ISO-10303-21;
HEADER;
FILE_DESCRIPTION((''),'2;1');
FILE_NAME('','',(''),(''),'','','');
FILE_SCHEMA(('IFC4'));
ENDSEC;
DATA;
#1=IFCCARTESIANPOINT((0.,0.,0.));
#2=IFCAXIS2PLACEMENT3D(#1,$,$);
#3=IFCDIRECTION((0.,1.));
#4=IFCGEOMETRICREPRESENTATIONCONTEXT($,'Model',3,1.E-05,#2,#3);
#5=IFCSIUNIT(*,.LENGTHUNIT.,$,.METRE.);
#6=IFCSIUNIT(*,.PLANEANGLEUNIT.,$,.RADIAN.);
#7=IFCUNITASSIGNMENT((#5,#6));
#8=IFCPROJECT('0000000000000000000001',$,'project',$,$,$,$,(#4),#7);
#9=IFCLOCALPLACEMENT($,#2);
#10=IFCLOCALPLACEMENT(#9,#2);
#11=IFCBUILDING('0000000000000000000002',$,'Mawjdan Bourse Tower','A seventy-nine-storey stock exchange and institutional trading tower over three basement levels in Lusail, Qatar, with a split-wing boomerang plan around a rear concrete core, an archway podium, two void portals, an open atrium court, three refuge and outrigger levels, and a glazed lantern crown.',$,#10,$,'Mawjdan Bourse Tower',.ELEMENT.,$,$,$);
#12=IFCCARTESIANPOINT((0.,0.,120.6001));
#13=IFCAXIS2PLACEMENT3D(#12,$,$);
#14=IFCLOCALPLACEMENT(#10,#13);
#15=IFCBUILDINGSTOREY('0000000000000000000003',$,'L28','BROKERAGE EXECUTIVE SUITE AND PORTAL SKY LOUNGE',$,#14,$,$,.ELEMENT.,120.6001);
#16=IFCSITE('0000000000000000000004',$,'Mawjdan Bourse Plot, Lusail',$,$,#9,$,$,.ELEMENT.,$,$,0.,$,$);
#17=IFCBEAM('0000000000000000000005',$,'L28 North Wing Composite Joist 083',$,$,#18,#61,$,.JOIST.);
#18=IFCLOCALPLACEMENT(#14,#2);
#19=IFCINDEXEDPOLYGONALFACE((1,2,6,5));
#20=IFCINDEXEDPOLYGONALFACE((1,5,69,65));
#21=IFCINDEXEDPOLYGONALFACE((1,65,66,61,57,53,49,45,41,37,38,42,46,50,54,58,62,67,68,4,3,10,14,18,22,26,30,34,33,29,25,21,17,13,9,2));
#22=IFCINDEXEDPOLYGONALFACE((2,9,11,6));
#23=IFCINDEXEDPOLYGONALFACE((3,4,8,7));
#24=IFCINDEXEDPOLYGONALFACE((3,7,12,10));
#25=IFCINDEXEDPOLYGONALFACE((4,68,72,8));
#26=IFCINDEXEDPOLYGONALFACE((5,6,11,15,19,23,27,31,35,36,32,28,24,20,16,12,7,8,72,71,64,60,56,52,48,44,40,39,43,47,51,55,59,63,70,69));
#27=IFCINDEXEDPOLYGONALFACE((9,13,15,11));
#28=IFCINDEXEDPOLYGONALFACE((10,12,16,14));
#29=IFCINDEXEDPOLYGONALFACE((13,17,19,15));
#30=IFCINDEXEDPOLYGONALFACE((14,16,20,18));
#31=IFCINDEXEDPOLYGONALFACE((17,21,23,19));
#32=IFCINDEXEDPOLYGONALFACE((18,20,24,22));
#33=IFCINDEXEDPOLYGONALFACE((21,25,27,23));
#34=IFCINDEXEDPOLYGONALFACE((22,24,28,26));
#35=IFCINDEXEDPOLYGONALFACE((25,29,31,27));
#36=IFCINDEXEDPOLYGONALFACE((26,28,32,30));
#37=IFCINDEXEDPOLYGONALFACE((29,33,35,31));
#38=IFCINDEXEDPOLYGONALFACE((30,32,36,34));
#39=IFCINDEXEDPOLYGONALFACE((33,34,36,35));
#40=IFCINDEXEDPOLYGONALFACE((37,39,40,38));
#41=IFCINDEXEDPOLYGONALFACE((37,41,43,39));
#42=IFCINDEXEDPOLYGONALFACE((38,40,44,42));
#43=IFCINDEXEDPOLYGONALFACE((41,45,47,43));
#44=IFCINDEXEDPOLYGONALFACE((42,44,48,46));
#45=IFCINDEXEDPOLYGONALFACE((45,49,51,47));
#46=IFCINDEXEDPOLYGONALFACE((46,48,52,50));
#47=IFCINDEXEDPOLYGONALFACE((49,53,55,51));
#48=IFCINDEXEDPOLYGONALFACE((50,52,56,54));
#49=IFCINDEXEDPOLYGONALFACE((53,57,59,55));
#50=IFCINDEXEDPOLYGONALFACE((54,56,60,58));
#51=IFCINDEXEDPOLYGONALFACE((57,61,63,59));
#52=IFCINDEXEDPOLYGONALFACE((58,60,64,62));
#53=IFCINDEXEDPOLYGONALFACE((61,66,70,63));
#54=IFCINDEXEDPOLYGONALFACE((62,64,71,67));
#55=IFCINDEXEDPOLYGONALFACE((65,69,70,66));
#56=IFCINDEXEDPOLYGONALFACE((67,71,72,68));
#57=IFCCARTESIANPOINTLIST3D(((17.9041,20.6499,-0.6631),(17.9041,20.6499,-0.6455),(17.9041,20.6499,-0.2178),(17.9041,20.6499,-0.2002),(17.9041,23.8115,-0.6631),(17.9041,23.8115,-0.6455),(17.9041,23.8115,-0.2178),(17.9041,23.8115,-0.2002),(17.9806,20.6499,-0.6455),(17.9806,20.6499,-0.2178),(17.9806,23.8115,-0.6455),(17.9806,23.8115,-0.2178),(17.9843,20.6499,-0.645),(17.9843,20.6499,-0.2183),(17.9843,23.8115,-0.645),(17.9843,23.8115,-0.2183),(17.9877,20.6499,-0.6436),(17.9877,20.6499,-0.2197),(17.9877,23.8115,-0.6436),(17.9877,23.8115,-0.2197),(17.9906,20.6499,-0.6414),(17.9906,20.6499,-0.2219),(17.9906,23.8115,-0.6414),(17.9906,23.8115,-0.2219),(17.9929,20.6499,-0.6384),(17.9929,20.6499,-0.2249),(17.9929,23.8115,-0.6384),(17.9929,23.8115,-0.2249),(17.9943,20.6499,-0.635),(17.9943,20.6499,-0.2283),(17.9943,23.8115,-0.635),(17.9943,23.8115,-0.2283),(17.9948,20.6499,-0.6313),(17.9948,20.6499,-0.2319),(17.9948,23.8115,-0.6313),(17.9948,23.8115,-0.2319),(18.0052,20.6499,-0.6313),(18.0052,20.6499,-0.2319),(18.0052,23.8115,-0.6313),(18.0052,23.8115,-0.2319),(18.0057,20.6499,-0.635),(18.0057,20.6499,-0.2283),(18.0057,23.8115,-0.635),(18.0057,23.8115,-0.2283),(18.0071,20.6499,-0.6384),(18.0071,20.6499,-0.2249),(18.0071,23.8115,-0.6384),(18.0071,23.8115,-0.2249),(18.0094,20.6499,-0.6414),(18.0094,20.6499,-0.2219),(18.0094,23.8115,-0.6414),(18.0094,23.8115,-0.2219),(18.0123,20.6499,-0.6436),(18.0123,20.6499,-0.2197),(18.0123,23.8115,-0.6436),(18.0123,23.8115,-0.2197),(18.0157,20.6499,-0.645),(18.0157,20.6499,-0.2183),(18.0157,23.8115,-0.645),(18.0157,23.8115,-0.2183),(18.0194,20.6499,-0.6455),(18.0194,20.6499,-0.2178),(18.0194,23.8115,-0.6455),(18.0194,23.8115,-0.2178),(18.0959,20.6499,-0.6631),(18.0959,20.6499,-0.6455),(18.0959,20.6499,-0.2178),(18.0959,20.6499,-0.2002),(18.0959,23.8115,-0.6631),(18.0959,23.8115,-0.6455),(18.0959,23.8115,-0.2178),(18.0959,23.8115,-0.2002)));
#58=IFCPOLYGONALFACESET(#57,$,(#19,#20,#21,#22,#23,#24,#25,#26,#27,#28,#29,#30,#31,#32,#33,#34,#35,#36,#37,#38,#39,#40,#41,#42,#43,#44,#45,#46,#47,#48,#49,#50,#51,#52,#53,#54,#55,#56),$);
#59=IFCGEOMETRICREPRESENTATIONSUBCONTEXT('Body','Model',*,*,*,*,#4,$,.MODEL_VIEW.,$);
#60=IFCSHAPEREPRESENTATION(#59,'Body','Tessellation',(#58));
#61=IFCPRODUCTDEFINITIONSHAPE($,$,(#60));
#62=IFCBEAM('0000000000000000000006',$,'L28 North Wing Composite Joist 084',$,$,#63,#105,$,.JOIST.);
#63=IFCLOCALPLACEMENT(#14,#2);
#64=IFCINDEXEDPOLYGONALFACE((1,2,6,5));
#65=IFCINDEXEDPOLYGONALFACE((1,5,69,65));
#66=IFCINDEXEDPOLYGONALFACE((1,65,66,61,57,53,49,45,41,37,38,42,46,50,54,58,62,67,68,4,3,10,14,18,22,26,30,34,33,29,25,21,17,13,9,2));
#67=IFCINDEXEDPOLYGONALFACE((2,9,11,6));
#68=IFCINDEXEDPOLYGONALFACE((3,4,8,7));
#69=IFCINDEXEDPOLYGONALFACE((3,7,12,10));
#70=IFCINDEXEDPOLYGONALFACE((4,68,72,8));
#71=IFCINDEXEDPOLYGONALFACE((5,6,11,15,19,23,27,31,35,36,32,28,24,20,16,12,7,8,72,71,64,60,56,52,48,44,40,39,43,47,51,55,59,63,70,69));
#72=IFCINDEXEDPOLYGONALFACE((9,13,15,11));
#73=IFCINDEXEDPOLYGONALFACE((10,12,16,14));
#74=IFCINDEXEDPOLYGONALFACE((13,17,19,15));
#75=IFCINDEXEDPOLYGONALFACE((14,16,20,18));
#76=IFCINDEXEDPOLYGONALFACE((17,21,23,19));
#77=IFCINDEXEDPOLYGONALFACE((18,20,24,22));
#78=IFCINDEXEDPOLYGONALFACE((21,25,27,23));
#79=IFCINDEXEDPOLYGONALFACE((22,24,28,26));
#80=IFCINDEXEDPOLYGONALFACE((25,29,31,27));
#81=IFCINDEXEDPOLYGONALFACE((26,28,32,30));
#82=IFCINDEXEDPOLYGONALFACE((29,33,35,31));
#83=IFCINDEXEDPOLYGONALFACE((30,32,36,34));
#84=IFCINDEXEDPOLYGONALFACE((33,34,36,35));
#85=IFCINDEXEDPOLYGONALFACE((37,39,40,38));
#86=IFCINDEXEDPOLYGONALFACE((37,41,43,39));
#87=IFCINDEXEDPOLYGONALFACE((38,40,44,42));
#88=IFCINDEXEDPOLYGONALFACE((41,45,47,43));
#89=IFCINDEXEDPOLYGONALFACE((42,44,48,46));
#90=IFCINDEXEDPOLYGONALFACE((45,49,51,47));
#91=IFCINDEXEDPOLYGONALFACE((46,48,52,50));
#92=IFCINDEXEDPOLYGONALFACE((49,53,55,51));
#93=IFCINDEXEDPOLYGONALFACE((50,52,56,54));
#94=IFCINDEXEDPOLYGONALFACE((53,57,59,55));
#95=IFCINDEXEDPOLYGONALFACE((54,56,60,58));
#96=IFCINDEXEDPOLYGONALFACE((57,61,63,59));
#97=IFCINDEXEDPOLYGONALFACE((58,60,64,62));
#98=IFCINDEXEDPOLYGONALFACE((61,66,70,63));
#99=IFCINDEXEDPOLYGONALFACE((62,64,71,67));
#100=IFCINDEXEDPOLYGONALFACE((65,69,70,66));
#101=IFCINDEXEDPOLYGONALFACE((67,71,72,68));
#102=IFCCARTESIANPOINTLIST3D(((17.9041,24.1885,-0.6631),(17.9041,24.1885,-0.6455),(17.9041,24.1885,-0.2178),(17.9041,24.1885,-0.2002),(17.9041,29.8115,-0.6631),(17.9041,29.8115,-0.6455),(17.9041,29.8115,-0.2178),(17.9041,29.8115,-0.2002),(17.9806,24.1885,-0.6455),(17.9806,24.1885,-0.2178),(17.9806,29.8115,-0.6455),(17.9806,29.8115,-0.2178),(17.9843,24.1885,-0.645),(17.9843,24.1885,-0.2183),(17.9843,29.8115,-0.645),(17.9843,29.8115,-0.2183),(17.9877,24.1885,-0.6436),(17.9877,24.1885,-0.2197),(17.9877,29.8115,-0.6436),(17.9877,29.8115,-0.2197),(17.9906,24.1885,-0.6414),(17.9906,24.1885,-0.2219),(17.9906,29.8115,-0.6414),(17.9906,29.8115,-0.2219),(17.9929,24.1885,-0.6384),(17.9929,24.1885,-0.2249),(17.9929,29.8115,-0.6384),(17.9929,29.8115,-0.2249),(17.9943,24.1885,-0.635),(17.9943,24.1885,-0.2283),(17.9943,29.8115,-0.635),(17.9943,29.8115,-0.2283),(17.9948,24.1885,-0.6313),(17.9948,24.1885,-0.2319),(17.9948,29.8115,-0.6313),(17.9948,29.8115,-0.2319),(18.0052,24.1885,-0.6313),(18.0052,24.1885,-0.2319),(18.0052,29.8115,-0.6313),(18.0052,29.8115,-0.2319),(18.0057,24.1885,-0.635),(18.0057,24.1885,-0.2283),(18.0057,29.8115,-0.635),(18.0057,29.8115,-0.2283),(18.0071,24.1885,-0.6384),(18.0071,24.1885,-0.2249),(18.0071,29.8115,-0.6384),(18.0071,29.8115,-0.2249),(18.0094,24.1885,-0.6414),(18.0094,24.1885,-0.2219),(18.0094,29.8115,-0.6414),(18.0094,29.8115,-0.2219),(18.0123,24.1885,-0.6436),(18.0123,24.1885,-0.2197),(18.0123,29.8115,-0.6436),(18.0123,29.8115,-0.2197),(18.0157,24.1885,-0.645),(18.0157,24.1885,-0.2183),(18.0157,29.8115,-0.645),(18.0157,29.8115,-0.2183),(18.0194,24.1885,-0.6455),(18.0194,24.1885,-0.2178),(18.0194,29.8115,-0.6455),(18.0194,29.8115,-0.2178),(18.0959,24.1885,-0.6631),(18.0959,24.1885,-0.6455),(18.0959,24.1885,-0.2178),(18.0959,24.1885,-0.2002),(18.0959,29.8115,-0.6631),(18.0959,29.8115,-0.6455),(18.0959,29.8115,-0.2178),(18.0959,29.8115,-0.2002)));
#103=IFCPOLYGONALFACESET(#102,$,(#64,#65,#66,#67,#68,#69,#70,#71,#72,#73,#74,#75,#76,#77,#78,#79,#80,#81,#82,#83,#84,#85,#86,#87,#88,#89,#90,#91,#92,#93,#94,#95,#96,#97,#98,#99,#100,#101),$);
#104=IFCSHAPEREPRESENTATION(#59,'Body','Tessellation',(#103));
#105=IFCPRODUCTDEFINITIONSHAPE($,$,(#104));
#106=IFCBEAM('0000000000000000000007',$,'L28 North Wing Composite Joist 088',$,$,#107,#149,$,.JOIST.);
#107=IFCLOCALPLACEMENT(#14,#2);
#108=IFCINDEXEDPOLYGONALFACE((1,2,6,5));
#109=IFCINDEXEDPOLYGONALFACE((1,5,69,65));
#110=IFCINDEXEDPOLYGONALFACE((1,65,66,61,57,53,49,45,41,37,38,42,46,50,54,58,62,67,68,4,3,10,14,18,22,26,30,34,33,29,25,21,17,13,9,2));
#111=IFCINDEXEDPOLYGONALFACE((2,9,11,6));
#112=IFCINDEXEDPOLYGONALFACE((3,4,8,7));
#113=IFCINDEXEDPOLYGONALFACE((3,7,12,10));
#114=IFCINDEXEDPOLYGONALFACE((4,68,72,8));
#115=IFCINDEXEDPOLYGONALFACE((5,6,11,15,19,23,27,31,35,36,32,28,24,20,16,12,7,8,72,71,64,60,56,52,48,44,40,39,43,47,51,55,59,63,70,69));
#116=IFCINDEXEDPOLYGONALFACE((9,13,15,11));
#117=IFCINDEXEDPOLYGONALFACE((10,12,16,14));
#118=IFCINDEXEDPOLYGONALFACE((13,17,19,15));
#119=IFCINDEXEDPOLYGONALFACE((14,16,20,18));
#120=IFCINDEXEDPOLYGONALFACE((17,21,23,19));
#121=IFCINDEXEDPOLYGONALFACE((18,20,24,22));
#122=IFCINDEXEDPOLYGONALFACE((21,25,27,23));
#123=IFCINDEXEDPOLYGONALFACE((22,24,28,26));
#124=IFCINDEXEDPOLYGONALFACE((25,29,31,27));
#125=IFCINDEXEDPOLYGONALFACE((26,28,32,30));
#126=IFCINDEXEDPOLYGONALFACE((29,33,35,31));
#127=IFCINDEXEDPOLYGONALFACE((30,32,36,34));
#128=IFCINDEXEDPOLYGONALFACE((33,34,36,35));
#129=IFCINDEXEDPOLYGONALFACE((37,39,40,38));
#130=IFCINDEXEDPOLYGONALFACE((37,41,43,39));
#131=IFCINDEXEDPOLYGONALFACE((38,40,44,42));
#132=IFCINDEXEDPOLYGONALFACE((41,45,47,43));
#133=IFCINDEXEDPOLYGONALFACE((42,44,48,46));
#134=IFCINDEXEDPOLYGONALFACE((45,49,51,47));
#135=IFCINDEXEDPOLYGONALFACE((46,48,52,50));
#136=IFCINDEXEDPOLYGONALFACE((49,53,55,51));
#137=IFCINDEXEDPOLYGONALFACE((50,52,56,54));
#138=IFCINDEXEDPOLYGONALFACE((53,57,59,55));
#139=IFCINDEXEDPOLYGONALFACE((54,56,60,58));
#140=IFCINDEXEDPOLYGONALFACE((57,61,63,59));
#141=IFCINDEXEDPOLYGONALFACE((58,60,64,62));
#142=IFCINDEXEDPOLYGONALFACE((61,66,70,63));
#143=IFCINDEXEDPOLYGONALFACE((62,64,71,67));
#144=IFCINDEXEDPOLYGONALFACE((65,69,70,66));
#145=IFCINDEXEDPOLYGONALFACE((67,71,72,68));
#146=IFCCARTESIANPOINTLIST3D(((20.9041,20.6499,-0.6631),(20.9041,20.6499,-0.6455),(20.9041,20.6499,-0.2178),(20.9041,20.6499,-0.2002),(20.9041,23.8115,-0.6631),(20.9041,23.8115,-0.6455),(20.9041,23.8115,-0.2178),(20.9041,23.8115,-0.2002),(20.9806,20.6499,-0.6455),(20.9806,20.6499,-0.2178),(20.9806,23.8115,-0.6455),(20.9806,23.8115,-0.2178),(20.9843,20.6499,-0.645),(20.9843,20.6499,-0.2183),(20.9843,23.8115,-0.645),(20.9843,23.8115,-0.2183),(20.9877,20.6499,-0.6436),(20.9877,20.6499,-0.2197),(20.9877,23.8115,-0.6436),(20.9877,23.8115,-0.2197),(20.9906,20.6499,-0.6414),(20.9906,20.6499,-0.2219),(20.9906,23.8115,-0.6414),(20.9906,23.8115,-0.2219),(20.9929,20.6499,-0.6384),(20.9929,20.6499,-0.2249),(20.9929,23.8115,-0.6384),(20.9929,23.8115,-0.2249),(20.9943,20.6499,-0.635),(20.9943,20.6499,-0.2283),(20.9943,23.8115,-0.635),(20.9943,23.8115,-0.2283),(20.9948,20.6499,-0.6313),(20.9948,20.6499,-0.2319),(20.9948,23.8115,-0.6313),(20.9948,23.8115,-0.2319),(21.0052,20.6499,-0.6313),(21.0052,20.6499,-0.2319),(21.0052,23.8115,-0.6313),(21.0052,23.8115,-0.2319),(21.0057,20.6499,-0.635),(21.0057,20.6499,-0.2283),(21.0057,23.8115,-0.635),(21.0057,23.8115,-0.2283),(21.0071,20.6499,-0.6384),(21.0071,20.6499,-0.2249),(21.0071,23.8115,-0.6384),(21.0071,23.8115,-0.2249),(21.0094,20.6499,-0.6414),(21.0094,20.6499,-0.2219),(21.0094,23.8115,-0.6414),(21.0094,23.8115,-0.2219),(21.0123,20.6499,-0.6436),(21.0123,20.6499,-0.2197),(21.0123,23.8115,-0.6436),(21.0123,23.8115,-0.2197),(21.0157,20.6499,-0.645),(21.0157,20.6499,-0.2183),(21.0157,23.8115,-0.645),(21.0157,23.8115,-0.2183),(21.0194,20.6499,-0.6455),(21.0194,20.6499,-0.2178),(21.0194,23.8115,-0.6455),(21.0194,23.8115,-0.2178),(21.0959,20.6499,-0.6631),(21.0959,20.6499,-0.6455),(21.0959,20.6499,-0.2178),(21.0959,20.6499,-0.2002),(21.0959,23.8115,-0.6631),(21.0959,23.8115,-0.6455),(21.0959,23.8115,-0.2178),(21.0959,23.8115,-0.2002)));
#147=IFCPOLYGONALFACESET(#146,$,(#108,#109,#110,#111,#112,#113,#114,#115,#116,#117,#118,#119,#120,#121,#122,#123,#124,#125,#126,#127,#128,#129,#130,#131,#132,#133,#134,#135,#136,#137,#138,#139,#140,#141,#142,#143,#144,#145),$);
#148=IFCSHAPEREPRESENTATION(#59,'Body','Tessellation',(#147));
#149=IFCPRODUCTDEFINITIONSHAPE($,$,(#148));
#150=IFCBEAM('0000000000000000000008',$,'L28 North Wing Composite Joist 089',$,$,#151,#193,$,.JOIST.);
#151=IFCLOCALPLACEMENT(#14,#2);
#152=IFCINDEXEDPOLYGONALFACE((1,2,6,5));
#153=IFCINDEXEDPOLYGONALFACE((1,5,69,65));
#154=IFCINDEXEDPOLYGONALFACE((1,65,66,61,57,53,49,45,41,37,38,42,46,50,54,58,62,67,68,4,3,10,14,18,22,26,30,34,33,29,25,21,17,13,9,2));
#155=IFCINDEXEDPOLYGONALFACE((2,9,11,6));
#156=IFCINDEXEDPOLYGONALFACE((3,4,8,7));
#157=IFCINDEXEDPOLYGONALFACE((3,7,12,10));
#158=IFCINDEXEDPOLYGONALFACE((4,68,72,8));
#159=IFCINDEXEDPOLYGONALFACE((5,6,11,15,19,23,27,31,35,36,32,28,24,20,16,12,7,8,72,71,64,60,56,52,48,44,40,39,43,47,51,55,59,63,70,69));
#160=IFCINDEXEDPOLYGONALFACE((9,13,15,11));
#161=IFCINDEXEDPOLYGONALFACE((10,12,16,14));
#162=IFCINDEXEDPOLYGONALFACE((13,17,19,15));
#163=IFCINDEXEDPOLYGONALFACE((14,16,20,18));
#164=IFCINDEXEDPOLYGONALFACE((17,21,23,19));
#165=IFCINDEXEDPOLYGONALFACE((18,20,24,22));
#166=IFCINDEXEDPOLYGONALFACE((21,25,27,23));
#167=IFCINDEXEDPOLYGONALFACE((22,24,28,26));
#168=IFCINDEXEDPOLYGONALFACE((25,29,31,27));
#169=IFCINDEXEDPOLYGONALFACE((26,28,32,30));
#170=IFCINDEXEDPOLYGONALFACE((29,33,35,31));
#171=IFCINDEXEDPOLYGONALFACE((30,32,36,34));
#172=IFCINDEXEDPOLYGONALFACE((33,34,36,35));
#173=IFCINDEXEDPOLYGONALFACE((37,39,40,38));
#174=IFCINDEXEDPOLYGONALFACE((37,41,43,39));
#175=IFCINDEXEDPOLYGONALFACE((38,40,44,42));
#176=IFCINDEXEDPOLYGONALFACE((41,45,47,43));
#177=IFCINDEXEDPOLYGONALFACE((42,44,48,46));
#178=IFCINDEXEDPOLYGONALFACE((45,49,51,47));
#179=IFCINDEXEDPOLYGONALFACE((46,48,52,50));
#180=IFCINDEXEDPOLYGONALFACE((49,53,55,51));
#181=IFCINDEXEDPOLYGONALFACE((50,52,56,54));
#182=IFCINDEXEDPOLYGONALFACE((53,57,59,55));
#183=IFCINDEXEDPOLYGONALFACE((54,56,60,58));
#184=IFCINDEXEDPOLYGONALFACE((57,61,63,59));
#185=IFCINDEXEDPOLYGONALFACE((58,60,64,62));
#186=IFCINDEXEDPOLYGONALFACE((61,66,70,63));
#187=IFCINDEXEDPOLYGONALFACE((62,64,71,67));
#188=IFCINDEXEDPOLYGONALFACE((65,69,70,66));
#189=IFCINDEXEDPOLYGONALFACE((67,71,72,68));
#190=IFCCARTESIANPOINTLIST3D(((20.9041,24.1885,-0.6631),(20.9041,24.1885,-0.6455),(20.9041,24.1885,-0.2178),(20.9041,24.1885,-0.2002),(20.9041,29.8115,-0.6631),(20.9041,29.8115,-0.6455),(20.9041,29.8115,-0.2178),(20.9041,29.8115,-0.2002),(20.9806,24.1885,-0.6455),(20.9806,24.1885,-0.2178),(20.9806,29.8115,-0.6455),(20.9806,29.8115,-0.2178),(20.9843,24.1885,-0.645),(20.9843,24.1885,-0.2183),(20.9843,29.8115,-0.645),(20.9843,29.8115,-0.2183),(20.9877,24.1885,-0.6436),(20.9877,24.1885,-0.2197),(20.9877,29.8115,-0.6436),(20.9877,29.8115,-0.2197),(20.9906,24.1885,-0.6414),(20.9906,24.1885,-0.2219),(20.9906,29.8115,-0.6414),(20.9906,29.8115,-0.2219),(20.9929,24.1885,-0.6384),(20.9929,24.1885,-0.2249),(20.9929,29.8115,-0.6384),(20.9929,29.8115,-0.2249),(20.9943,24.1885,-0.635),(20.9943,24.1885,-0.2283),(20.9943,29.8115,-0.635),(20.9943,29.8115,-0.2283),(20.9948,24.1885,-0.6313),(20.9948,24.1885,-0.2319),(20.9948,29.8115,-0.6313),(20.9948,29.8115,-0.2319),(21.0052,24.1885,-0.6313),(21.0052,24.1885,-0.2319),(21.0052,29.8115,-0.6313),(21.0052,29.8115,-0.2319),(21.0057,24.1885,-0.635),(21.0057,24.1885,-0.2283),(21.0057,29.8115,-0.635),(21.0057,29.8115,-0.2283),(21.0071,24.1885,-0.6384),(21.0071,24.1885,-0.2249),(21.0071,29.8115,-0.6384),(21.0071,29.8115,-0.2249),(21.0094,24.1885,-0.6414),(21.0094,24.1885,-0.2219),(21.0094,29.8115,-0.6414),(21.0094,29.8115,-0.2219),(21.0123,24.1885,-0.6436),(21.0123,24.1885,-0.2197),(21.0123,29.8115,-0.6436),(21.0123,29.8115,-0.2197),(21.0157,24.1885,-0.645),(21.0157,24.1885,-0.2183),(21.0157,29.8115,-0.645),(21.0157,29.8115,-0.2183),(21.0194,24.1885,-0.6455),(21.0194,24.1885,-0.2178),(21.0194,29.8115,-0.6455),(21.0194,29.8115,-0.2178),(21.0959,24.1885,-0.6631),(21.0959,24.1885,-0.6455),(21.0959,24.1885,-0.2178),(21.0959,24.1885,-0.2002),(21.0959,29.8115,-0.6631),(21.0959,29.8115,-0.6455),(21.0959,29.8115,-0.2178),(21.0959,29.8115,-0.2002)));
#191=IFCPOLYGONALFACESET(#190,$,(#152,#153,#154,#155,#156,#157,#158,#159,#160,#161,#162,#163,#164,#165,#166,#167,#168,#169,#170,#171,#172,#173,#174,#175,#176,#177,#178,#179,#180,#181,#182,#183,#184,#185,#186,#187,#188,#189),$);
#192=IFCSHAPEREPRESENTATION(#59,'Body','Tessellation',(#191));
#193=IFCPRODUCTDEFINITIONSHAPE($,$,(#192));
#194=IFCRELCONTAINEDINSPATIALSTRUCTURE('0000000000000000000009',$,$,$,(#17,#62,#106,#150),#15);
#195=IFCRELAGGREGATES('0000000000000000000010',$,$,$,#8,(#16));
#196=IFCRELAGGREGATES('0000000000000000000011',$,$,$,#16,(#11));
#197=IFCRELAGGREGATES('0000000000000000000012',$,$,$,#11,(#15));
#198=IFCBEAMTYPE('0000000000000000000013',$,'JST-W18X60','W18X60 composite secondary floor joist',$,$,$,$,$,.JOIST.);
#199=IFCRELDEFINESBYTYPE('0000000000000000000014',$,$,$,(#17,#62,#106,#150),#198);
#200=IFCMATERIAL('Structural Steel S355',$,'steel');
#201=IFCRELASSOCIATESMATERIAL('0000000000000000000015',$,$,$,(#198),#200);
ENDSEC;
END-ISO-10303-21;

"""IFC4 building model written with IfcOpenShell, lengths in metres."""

from ifc_helpers import new_model, si_unit, direction, frame, origin, origin_2d, place, context, subcontext, project, spatial, i_section, extrude, material, material_profile, profile_set, type_object, element, save


model = new_model("IFC4")

# Units and contexts
model_context = context("Model", 3, precision=1e-05, world=origin(), true_north=direction((0.0, 1.0)))
body_context = subcontext(model_context, "Body", "Model", "MODEL_VIEW")
ifc_project = project(units=[si_unit("LENGTHUNIT", "METRE"), si_unit("PLANEANGLEUNIT", "RADIAN")], contexts=[model_context])

# Site, building, storey
site_placement = place(None, origin())
site = spatial("IfcSite", under=ifc_project, at=site_placement, Name="Mawjdan Bourse Plot, Lusail", CompositionType="ELEMENT", RefElevation=0.0)
building_placement = place(site_placement, origin())
building = spatial("IfcBuilding", under=site, at=building_placement, Name="Mawjdan Bourse Tower", Description="A seventy-nine-storey stock exchange and institutional trading tower over three basement levels in Lusail, Qatar, with a split-wing boomerang plan around a rear concrete core, an archway podium, two void portals, an open atrium court, three refuge and outrigger levels, and a glazed lantern crown.", LongName="Mawjdan Bourse Tower", CompositionType="ELEMENT")
storey_placement = place(building_placement, frame((0.0, 0.0, 120.6001)))
storey = spatial("IfcBuildingStorey", under=building, at=storey_placement, Name="L28", Description="BROKERAGE EXECUTIVE SUITE AND PORTAL SKY LOUNGE", CompositionType="ELEMENT", Elevation=120.6001)

# Beams
ifc_material_1 = material(Name="Structural Steel S355", Category="steel")
ifc_material_profile_1 = material_profile(ifc_material_1, i_section(OverallWidth=0.1919, OverallDepth=0.4629, WebThickness=0.0105, FlangeThickness=0.0176, FilletRadius=0.0142, at=origin_2d()), Name="W18X60")
ifc_profile_set_1 = profile_set([ifc_material_profile_1], Name="Structural Steel S355")
beam_type_1 = type_object("IfcBeamType", Name="JST-W18X60", Description="W18X60 composite secondary floor joist", PredefinedType="JOIST", material=ifc_profile_set_1)
beam_1_placement = place(storey_placement, frame((18.0, 20.6499, -0.4316), z_axis=(0.0, 1.0, 0.0), x_axis=(-1.0, 0.0, 0.0)))
element("IfcBeam", 1, at=beam_1_placement, inside=storey, type_object=beam_type_1, Name="L28 North Wing Composite Joist 083", PredefinedType="JOIST", context=body_context, shape_type="SweptSolid", body=[
    extrude(i_section(OverallWidth=0.1919, OverallDepth=0.4629, WebThickness=0.0105, FlangeThickness=0.0176, FilletRadius=0.0142, at=origin_2d()), origin(), (0.0, 0.0, 1.0), 3.1616),
])
beam_2_placement = place(storey_placement, frame((18.0, 24.1885, -0.4316), z_axis=(0.0, 1.0, 0.0), x_axis=(-1.0, 0.0, 0.0)))
element("IfcBeam", 2, at=beam_2_placement, inside=storey, type_object=beam_type_1, Name="L28 North Wing Composite Joist 084", PredefinedType="JOIST", context=body_context, shape_type="SweptSolid", body=[
    extrude(i_section(OverallWidth=0.1919, OverallDepth=0.4629, WebThickness=0.0105, FlangeThickness=0.0176, FilletRadius=0.0142, at=origin_2d()), origin(), (0.0, 0.0, 1.0), 5.623),
])
beam_3_placement = place(storey_placement, frame((21.0, 20.6499, -0.4316), z_axis=(0.0, 1.0, 0.0), x_axis=(-1.0, 0.0, 0.0)))
element("IfcBeam", 3, at=beam_3_placement, inside=storey, type_object=beam_type_1, Name="L28 North Wing Composite Joist 088", PredefinedType="JOIST", context=body_context, shape_type="SweptSolid", body=[
    extrude(i_section(OverallWidth=0.1919, OverallDepth=0.4629, WebThickness=0.0105, FlangeThickness=0.0176, FilletRadius=0.0142, at=origin_2d()), origin(), (0.0, 0.0, 1.0), 3.1616),
])
beam_4_placement = place(storey_placement, frame((21.0, 24.1885, -0.4316), z_axis=(0.0, 1.0, 0.0), x_axis=(-1.0, 0.0, 0.0)))
element("IfcBeam", 4, at=beam_4_placement, inside=storey, type_object=beam_type_1, Name="L28 North Wing Composite Joist 089", PredefinedType="JOIST", context=body_context, shape_type="SweptSolid", body=[
    extrude(i_section(OverallWidth=0.1919, OverallDepth=0.4629, WebThickness=0.0105, FlangeThickness=0.0176, FilletRadius=0.0142, at=origin_2d()), origin(), (0.0, 0.0, 1.0), 5.623),
])

save(model, "model.ifc")
